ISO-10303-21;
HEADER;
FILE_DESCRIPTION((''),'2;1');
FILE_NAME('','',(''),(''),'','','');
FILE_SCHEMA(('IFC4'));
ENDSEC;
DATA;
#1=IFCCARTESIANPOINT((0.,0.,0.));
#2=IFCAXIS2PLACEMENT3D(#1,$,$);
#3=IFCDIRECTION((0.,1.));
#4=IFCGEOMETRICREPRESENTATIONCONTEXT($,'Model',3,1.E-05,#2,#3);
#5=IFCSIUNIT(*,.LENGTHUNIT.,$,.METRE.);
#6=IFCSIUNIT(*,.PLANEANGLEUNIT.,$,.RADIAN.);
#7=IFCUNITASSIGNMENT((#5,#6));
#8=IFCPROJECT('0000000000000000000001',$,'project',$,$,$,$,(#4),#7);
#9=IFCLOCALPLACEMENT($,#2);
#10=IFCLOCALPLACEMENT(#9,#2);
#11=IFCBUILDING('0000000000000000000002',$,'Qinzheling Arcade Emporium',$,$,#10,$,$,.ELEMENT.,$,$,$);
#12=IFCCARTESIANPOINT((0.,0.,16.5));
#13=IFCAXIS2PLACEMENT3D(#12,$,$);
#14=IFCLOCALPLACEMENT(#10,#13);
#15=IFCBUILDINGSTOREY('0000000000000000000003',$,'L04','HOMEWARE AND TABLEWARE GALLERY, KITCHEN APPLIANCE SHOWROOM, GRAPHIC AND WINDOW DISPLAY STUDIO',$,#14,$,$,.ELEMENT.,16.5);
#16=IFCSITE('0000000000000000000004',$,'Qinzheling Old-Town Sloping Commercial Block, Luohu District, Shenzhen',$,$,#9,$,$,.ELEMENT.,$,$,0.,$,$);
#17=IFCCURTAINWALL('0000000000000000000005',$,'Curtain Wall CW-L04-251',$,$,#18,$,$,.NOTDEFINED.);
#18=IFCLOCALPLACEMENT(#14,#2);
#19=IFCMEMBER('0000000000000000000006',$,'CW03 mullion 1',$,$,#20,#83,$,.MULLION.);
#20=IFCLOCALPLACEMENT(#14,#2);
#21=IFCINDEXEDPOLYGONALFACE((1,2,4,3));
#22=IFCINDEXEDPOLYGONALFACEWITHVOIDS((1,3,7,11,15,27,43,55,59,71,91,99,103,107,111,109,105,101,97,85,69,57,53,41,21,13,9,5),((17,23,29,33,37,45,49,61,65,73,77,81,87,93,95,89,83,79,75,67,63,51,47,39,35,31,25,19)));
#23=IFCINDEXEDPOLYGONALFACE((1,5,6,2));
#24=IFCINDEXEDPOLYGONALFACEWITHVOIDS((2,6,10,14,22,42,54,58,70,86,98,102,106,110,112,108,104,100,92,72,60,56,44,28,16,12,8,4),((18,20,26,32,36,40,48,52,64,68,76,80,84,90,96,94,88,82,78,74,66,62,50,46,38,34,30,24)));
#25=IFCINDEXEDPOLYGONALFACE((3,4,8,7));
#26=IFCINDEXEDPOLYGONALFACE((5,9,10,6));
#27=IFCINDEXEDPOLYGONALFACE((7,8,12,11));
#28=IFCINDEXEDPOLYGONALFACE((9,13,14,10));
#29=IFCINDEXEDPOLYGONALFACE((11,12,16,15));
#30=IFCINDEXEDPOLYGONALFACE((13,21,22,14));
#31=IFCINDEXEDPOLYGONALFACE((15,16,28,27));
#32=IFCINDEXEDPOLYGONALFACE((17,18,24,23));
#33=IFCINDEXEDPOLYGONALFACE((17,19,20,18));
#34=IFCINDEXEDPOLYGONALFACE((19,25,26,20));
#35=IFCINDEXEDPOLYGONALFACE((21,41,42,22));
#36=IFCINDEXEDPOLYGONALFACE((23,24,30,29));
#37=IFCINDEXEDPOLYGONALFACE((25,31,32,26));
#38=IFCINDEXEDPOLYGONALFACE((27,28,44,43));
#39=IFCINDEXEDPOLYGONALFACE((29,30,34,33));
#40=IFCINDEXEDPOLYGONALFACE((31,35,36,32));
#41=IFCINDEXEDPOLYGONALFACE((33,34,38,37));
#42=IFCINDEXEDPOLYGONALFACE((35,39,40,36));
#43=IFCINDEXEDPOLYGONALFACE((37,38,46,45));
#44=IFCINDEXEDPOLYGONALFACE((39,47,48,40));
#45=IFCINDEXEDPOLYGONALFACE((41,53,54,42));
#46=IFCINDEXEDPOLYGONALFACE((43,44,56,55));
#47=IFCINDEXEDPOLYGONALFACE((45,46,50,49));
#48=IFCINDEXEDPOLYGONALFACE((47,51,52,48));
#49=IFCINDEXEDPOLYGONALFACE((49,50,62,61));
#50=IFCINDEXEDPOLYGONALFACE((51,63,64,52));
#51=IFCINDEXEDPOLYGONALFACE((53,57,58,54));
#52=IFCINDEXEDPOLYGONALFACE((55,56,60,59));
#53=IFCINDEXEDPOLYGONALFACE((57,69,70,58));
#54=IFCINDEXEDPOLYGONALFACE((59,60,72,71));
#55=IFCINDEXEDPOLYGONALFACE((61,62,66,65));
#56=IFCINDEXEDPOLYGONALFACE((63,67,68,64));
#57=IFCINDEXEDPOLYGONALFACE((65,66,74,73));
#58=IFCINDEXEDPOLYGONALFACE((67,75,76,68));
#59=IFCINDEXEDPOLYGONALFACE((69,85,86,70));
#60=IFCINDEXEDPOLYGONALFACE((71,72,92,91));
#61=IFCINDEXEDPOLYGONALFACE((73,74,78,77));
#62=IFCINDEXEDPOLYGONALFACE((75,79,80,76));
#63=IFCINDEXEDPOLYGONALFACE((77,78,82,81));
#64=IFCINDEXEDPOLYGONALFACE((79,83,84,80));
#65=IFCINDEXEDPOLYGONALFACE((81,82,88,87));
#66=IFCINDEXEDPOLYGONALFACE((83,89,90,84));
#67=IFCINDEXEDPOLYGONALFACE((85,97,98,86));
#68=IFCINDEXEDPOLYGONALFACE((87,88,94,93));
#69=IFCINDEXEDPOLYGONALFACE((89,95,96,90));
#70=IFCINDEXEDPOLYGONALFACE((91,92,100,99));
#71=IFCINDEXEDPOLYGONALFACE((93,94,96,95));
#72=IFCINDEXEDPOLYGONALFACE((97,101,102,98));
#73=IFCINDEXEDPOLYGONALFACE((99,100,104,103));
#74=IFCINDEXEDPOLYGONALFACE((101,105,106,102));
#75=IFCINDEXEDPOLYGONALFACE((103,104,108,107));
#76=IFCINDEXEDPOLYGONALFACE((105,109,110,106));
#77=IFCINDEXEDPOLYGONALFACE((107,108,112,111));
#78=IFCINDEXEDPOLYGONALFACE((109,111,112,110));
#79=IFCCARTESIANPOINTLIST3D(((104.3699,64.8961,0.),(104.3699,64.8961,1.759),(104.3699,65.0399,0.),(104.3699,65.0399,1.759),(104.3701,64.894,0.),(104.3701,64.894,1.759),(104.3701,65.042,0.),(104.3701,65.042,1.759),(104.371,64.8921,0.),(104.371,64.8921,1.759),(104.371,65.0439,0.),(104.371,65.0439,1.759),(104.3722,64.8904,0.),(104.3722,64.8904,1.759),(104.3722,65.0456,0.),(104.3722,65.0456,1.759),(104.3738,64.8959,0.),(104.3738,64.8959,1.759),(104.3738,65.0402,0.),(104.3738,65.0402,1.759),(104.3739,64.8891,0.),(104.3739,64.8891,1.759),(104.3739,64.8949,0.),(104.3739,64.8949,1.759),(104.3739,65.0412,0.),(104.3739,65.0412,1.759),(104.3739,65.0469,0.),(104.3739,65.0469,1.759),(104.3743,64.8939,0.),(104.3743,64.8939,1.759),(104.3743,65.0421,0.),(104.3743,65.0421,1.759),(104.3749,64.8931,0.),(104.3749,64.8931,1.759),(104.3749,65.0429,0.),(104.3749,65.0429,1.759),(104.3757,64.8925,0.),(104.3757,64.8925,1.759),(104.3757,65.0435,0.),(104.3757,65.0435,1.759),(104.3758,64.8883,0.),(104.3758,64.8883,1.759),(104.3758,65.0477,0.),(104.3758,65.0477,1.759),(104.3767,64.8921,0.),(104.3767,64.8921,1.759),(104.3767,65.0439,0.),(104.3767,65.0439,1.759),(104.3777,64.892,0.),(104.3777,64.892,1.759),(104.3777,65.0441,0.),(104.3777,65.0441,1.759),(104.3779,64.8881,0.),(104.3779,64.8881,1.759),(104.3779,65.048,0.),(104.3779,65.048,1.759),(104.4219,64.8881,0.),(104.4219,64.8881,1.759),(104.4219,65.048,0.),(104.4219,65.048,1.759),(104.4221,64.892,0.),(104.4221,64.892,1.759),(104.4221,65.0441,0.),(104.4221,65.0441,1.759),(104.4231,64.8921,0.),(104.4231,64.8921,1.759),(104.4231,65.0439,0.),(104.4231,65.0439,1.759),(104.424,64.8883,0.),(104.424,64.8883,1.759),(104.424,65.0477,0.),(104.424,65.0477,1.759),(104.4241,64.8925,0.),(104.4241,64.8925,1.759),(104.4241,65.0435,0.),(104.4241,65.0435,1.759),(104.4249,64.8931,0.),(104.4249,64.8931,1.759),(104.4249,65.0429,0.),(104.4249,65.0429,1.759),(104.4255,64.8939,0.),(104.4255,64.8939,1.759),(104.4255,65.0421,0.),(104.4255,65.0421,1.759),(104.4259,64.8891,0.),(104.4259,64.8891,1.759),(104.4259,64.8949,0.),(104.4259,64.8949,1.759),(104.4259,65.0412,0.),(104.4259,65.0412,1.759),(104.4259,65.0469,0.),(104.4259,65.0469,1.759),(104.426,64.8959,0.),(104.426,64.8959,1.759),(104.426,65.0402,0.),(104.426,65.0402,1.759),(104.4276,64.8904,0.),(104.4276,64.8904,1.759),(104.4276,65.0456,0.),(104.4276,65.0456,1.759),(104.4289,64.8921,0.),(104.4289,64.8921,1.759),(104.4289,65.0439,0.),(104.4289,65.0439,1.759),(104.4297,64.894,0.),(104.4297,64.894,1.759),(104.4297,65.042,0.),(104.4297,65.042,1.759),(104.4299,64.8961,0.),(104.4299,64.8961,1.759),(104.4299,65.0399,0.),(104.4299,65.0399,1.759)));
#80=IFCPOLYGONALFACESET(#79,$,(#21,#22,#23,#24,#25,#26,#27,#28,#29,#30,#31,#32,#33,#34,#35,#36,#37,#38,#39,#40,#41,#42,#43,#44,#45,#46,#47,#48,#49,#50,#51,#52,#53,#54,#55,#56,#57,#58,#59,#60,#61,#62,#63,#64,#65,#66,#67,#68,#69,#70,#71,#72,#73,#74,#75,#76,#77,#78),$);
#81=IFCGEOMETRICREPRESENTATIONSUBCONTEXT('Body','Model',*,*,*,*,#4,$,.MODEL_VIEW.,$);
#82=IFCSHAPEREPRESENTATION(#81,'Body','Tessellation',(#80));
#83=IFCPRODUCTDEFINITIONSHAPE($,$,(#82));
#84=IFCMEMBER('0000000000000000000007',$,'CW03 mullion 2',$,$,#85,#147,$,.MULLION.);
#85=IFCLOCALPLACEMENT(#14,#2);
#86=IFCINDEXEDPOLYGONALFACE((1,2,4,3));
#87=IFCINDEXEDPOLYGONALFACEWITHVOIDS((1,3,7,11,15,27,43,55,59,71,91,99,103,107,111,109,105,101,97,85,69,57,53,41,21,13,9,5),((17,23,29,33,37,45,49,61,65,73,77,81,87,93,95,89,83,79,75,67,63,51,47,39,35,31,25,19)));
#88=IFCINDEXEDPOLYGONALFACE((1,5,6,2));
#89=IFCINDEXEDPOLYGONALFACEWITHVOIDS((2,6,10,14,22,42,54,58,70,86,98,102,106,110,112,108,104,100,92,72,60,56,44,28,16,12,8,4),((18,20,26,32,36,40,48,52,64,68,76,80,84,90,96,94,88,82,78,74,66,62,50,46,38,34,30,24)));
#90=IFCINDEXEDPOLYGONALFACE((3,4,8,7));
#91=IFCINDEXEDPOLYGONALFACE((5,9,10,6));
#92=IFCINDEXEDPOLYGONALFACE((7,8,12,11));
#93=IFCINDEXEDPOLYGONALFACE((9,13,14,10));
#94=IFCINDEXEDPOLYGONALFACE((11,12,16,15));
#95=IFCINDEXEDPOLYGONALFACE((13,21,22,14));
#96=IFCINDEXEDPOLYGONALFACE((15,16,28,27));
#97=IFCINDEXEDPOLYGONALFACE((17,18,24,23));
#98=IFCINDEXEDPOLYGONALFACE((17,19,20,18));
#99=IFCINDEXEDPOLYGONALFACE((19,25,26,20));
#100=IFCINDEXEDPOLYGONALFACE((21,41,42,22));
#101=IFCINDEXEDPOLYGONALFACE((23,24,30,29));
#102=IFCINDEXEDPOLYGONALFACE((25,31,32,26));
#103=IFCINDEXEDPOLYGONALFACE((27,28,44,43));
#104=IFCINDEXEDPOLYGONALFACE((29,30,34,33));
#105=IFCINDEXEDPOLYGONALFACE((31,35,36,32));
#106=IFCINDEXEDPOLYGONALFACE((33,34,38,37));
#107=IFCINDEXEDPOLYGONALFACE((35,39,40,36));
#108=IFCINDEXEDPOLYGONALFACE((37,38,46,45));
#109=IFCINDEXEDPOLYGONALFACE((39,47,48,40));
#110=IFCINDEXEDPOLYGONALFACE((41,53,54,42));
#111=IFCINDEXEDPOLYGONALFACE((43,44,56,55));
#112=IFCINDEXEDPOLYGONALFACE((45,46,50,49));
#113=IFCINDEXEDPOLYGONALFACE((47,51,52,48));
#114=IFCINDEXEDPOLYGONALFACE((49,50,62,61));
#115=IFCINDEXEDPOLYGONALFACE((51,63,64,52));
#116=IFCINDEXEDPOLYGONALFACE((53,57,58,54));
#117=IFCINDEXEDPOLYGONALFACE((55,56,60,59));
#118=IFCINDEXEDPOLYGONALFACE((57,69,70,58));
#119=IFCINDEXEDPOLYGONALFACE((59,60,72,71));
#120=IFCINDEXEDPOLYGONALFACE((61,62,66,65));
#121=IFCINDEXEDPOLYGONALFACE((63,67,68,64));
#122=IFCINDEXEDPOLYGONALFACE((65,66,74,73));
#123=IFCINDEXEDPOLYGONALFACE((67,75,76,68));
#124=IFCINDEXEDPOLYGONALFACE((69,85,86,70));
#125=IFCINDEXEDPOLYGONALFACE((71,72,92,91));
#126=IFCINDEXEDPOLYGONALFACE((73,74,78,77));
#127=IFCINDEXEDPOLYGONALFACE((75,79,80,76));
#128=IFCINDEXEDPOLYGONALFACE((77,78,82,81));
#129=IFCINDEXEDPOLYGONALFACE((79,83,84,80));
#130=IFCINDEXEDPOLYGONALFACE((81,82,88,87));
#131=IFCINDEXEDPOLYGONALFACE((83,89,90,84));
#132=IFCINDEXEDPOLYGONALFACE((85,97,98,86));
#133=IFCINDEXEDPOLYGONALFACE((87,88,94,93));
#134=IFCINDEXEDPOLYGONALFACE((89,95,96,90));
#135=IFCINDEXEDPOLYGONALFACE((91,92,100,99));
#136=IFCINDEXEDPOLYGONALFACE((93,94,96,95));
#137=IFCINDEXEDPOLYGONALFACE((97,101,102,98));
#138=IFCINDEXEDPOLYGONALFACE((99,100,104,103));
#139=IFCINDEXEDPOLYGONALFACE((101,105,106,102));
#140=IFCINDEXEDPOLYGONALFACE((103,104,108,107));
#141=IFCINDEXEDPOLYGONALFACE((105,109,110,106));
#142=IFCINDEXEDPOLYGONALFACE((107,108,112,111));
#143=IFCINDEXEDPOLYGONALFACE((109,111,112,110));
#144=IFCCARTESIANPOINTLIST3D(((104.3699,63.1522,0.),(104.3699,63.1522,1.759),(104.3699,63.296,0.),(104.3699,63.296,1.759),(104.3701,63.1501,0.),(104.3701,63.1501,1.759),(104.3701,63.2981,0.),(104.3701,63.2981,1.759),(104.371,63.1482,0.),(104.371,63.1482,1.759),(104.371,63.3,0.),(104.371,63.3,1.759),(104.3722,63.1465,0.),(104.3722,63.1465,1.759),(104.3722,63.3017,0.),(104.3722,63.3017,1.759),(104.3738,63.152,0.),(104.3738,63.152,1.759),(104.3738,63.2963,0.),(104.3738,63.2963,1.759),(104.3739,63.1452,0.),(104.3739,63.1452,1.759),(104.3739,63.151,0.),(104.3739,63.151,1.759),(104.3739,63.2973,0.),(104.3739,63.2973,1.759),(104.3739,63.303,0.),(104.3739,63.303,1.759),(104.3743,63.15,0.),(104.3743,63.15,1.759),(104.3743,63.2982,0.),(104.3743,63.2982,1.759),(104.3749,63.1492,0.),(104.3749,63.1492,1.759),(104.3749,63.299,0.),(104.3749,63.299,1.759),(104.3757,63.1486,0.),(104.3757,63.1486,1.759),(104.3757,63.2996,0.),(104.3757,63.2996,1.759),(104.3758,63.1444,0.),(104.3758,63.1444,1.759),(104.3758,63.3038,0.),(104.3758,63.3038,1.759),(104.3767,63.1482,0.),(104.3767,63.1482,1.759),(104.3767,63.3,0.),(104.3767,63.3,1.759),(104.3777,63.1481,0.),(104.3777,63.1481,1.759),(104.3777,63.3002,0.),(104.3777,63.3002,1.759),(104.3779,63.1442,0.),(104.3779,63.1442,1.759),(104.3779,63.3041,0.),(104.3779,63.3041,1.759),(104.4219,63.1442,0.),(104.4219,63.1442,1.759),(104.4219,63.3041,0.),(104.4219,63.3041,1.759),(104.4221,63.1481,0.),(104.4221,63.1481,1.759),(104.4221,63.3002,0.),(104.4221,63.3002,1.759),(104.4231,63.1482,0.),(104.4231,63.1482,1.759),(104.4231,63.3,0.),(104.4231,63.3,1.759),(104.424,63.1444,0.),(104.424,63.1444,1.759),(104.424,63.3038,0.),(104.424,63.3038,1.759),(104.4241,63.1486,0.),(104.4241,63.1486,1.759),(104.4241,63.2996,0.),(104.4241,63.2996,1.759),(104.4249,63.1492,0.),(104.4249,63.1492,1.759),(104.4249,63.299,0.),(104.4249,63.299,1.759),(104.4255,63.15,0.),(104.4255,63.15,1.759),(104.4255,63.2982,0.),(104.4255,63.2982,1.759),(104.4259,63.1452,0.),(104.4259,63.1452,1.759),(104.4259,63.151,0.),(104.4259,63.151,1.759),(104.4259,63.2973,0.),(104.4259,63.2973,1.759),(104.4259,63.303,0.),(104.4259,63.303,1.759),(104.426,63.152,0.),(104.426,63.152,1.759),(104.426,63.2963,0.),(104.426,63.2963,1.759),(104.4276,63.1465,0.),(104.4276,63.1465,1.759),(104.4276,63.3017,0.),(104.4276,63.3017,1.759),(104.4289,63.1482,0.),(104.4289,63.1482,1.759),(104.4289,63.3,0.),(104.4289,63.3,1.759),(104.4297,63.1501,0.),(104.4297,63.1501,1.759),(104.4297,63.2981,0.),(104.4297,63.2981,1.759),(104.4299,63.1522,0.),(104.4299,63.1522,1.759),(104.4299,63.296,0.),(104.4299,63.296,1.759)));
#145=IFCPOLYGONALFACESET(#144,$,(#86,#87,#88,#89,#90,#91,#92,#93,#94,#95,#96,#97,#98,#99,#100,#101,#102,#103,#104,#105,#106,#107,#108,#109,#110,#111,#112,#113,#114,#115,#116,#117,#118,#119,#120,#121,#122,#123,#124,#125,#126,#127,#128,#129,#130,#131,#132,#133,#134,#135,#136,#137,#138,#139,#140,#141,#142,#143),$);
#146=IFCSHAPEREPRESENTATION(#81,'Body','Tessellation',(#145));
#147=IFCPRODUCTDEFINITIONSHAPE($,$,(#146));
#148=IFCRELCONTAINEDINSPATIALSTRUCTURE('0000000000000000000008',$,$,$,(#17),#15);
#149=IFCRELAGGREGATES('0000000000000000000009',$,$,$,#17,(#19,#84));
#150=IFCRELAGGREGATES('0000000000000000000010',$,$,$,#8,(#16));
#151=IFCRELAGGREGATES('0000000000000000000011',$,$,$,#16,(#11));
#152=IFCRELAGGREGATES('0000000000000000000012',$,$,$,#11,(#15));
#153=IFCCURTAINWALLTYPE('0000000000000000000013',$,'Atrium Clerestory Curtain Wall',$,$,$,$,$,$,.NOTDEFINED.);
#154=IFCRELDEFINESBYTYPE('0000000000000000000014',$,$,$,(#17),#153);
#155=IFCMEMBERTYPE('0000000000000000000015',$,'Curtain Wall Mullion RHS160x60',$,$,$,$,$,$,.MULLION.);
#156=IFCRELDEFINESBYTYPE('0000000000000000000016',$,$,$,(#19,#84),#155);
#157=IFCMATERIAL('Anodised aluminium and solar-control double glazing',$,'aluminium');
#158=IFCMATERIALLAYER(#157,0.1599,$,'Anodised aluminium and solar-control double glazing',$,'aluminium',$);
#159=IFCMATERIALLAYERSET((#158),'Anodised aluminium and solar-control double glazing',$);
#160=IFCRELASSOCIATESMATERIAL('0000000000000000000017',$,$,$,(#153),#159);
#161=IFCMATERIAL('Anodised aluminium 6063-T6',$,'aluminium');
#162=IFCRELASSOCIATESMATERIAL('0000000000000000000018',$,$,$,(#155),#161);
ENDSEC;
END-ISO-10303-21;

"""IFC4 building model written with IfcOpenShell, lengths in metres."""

from ifc_helpers import new_model, si_unit, direction, frame, origin, origin_2d, place, context, subcontext, project, spatial, hollow_rectangle, extrude, material, layer, layer_set, material_profile, profile_set, type_object, element, aggregate, save


model = new_model("IFC4")

# Units and contexts
model_context = context("Model", 3, precision=1e-05, world=origin(), true_north=direction((0.0, 1.0)))
body_context = subcontext(model_context, "Body", "Model", "MODEL_VIEW")
ifc_project = project(units=[si_unit("LENGTHUNIT", "METRE"), si_unit("PLANEANGLEUNIT", "RADIAN")], contexts=[model_context])

# Site, building, storey
site_placement = place(None, origin())
site = spatial("IfcSite", under=ifc_project, at=site_placement, Name="Qinzheling Old-Town Sloping Commercial Block, Luohu District, Shenzhen", CompositionType="ELEMENT", RefElevation=0.0)
building_placement = place(site_placement, origin())
building = spatial("IfcBuilding", under=site, at=building_placement, Name="Qinzheling Arcade Emporium", CompositionType="ELEMENT")
storey_placement = place(building_placement, frame((0.0, 0.0, 16.5)))
storey = spatial("IfcBuildingStorey", under=building, at=storey_placement, Name="L04", Description="HOMEWARE AND TABLEWARE GALLERY, KITCHEN APPLIANCE SHOWROOM, GRAPHIC AND WINDOW DISPLAY STUDIO", CompositionType="ELEMENT", Elevation=16.5)

# Curtain wall, members
ifc_material_1 = material(Name="Anodised aluminium and solar-control double glazing", Category="aluminium")
ifc_layer_1 = layer(ifc_material_1, 0.1599, Name="Anodised aluminium and solar-control double glazing", Category="aluminium")
ifc_layer_set_1 = layer_set([ifc_layer_1], Name="Anodised aluminium and solar-control double glazing")
curtain_wall_type = type_object("IfcCurtainWallType", Name="Atrium Clerestory Curtain Wall", PredefinedType="NOTDEFINED", material=ifc_layer_set_1)
curtain_wall_1_placement = place(storey_placement, origin())
curtain_wall_1 = element("IfcCurtainWall", 1, at=curtain_wall_1_placement, inside=storey, type_object=curtain_wall_type, Name="Curtain Wall CW-L04-251", PredefinedType="NOTDEFINED")
ifc_material_2 = material(Name="Anodised aluminium 6063-T6", Category="aluminium")
ifc_material_profile_1 = material_profile(ifc_material_2, hollow_rectangle(XDim=0.0601, YDim=0.1599, WallThickness=0.0039, InnerFilletRadius=0.0039, OuterFilletRadius=0.0081, at=origin_2d()), Name="RHS 160x60x4", Category="aluminium")
ifc_profile_set_1 = profile_set([ifc_material_profile_1], Name="Anodised aluminium 6063-T6")
member_type_1 = type_object("IfcMemberType", Name="Curtain Wall Mullion RHS160x60", PredefinedType="MULLION", material=ifc_profile_set_1)
member_1_placement = place(storey_placement, frame((104.3999, 64.968, 0.0), z_axis=(0.0, 0.0, 1.0), x_axis=(1.0, 0.0, 0.0)))
member_1 = element("IfcMember", 2, at=member_1_placement, type_object=member_type_1, Name="CW03 mullion 1", PredefinedType="MULLION", context=body_context, shape_type="SweptSolid", body=[
    extrude(hollow_rectangle(XDim=0.0601, YDim=0.1599, WallThickness=0.0039, InnerFilletRadius=0.0039, OuterFilletRadius=0.0081, at=origin_2d()), origin(), (0.0, 0.0, 1.0), 1.759),
])
member_2_placement = place(storey_placement, frame((104.3999, 63.2241, 0.0), z_axis=(0.0, 0.0, 1.0), x_axis=(1.0, 0.0, 0.0)))
member_2 = element("IfcMember", 3, at=member_2_placement, type_object=member_type_1, Name="CW03 mullion 2", PredefinedType="MULLION", context=body_context, shape_type="SweptSolid", body=[
    extrude(hollow_rectangle(XDim=0.0601, YDim=0.1599, WallThickness=0.0039, InnerFilletRadius=0.0039, OuterFilletRadius=0.0081, at=origin_2d()), origin(), (0.0, 0.0, 1.0), 1.759),
])

aggregate(curtain_wall_1, [member_1, member_2])

save(model, "model.ifc")
